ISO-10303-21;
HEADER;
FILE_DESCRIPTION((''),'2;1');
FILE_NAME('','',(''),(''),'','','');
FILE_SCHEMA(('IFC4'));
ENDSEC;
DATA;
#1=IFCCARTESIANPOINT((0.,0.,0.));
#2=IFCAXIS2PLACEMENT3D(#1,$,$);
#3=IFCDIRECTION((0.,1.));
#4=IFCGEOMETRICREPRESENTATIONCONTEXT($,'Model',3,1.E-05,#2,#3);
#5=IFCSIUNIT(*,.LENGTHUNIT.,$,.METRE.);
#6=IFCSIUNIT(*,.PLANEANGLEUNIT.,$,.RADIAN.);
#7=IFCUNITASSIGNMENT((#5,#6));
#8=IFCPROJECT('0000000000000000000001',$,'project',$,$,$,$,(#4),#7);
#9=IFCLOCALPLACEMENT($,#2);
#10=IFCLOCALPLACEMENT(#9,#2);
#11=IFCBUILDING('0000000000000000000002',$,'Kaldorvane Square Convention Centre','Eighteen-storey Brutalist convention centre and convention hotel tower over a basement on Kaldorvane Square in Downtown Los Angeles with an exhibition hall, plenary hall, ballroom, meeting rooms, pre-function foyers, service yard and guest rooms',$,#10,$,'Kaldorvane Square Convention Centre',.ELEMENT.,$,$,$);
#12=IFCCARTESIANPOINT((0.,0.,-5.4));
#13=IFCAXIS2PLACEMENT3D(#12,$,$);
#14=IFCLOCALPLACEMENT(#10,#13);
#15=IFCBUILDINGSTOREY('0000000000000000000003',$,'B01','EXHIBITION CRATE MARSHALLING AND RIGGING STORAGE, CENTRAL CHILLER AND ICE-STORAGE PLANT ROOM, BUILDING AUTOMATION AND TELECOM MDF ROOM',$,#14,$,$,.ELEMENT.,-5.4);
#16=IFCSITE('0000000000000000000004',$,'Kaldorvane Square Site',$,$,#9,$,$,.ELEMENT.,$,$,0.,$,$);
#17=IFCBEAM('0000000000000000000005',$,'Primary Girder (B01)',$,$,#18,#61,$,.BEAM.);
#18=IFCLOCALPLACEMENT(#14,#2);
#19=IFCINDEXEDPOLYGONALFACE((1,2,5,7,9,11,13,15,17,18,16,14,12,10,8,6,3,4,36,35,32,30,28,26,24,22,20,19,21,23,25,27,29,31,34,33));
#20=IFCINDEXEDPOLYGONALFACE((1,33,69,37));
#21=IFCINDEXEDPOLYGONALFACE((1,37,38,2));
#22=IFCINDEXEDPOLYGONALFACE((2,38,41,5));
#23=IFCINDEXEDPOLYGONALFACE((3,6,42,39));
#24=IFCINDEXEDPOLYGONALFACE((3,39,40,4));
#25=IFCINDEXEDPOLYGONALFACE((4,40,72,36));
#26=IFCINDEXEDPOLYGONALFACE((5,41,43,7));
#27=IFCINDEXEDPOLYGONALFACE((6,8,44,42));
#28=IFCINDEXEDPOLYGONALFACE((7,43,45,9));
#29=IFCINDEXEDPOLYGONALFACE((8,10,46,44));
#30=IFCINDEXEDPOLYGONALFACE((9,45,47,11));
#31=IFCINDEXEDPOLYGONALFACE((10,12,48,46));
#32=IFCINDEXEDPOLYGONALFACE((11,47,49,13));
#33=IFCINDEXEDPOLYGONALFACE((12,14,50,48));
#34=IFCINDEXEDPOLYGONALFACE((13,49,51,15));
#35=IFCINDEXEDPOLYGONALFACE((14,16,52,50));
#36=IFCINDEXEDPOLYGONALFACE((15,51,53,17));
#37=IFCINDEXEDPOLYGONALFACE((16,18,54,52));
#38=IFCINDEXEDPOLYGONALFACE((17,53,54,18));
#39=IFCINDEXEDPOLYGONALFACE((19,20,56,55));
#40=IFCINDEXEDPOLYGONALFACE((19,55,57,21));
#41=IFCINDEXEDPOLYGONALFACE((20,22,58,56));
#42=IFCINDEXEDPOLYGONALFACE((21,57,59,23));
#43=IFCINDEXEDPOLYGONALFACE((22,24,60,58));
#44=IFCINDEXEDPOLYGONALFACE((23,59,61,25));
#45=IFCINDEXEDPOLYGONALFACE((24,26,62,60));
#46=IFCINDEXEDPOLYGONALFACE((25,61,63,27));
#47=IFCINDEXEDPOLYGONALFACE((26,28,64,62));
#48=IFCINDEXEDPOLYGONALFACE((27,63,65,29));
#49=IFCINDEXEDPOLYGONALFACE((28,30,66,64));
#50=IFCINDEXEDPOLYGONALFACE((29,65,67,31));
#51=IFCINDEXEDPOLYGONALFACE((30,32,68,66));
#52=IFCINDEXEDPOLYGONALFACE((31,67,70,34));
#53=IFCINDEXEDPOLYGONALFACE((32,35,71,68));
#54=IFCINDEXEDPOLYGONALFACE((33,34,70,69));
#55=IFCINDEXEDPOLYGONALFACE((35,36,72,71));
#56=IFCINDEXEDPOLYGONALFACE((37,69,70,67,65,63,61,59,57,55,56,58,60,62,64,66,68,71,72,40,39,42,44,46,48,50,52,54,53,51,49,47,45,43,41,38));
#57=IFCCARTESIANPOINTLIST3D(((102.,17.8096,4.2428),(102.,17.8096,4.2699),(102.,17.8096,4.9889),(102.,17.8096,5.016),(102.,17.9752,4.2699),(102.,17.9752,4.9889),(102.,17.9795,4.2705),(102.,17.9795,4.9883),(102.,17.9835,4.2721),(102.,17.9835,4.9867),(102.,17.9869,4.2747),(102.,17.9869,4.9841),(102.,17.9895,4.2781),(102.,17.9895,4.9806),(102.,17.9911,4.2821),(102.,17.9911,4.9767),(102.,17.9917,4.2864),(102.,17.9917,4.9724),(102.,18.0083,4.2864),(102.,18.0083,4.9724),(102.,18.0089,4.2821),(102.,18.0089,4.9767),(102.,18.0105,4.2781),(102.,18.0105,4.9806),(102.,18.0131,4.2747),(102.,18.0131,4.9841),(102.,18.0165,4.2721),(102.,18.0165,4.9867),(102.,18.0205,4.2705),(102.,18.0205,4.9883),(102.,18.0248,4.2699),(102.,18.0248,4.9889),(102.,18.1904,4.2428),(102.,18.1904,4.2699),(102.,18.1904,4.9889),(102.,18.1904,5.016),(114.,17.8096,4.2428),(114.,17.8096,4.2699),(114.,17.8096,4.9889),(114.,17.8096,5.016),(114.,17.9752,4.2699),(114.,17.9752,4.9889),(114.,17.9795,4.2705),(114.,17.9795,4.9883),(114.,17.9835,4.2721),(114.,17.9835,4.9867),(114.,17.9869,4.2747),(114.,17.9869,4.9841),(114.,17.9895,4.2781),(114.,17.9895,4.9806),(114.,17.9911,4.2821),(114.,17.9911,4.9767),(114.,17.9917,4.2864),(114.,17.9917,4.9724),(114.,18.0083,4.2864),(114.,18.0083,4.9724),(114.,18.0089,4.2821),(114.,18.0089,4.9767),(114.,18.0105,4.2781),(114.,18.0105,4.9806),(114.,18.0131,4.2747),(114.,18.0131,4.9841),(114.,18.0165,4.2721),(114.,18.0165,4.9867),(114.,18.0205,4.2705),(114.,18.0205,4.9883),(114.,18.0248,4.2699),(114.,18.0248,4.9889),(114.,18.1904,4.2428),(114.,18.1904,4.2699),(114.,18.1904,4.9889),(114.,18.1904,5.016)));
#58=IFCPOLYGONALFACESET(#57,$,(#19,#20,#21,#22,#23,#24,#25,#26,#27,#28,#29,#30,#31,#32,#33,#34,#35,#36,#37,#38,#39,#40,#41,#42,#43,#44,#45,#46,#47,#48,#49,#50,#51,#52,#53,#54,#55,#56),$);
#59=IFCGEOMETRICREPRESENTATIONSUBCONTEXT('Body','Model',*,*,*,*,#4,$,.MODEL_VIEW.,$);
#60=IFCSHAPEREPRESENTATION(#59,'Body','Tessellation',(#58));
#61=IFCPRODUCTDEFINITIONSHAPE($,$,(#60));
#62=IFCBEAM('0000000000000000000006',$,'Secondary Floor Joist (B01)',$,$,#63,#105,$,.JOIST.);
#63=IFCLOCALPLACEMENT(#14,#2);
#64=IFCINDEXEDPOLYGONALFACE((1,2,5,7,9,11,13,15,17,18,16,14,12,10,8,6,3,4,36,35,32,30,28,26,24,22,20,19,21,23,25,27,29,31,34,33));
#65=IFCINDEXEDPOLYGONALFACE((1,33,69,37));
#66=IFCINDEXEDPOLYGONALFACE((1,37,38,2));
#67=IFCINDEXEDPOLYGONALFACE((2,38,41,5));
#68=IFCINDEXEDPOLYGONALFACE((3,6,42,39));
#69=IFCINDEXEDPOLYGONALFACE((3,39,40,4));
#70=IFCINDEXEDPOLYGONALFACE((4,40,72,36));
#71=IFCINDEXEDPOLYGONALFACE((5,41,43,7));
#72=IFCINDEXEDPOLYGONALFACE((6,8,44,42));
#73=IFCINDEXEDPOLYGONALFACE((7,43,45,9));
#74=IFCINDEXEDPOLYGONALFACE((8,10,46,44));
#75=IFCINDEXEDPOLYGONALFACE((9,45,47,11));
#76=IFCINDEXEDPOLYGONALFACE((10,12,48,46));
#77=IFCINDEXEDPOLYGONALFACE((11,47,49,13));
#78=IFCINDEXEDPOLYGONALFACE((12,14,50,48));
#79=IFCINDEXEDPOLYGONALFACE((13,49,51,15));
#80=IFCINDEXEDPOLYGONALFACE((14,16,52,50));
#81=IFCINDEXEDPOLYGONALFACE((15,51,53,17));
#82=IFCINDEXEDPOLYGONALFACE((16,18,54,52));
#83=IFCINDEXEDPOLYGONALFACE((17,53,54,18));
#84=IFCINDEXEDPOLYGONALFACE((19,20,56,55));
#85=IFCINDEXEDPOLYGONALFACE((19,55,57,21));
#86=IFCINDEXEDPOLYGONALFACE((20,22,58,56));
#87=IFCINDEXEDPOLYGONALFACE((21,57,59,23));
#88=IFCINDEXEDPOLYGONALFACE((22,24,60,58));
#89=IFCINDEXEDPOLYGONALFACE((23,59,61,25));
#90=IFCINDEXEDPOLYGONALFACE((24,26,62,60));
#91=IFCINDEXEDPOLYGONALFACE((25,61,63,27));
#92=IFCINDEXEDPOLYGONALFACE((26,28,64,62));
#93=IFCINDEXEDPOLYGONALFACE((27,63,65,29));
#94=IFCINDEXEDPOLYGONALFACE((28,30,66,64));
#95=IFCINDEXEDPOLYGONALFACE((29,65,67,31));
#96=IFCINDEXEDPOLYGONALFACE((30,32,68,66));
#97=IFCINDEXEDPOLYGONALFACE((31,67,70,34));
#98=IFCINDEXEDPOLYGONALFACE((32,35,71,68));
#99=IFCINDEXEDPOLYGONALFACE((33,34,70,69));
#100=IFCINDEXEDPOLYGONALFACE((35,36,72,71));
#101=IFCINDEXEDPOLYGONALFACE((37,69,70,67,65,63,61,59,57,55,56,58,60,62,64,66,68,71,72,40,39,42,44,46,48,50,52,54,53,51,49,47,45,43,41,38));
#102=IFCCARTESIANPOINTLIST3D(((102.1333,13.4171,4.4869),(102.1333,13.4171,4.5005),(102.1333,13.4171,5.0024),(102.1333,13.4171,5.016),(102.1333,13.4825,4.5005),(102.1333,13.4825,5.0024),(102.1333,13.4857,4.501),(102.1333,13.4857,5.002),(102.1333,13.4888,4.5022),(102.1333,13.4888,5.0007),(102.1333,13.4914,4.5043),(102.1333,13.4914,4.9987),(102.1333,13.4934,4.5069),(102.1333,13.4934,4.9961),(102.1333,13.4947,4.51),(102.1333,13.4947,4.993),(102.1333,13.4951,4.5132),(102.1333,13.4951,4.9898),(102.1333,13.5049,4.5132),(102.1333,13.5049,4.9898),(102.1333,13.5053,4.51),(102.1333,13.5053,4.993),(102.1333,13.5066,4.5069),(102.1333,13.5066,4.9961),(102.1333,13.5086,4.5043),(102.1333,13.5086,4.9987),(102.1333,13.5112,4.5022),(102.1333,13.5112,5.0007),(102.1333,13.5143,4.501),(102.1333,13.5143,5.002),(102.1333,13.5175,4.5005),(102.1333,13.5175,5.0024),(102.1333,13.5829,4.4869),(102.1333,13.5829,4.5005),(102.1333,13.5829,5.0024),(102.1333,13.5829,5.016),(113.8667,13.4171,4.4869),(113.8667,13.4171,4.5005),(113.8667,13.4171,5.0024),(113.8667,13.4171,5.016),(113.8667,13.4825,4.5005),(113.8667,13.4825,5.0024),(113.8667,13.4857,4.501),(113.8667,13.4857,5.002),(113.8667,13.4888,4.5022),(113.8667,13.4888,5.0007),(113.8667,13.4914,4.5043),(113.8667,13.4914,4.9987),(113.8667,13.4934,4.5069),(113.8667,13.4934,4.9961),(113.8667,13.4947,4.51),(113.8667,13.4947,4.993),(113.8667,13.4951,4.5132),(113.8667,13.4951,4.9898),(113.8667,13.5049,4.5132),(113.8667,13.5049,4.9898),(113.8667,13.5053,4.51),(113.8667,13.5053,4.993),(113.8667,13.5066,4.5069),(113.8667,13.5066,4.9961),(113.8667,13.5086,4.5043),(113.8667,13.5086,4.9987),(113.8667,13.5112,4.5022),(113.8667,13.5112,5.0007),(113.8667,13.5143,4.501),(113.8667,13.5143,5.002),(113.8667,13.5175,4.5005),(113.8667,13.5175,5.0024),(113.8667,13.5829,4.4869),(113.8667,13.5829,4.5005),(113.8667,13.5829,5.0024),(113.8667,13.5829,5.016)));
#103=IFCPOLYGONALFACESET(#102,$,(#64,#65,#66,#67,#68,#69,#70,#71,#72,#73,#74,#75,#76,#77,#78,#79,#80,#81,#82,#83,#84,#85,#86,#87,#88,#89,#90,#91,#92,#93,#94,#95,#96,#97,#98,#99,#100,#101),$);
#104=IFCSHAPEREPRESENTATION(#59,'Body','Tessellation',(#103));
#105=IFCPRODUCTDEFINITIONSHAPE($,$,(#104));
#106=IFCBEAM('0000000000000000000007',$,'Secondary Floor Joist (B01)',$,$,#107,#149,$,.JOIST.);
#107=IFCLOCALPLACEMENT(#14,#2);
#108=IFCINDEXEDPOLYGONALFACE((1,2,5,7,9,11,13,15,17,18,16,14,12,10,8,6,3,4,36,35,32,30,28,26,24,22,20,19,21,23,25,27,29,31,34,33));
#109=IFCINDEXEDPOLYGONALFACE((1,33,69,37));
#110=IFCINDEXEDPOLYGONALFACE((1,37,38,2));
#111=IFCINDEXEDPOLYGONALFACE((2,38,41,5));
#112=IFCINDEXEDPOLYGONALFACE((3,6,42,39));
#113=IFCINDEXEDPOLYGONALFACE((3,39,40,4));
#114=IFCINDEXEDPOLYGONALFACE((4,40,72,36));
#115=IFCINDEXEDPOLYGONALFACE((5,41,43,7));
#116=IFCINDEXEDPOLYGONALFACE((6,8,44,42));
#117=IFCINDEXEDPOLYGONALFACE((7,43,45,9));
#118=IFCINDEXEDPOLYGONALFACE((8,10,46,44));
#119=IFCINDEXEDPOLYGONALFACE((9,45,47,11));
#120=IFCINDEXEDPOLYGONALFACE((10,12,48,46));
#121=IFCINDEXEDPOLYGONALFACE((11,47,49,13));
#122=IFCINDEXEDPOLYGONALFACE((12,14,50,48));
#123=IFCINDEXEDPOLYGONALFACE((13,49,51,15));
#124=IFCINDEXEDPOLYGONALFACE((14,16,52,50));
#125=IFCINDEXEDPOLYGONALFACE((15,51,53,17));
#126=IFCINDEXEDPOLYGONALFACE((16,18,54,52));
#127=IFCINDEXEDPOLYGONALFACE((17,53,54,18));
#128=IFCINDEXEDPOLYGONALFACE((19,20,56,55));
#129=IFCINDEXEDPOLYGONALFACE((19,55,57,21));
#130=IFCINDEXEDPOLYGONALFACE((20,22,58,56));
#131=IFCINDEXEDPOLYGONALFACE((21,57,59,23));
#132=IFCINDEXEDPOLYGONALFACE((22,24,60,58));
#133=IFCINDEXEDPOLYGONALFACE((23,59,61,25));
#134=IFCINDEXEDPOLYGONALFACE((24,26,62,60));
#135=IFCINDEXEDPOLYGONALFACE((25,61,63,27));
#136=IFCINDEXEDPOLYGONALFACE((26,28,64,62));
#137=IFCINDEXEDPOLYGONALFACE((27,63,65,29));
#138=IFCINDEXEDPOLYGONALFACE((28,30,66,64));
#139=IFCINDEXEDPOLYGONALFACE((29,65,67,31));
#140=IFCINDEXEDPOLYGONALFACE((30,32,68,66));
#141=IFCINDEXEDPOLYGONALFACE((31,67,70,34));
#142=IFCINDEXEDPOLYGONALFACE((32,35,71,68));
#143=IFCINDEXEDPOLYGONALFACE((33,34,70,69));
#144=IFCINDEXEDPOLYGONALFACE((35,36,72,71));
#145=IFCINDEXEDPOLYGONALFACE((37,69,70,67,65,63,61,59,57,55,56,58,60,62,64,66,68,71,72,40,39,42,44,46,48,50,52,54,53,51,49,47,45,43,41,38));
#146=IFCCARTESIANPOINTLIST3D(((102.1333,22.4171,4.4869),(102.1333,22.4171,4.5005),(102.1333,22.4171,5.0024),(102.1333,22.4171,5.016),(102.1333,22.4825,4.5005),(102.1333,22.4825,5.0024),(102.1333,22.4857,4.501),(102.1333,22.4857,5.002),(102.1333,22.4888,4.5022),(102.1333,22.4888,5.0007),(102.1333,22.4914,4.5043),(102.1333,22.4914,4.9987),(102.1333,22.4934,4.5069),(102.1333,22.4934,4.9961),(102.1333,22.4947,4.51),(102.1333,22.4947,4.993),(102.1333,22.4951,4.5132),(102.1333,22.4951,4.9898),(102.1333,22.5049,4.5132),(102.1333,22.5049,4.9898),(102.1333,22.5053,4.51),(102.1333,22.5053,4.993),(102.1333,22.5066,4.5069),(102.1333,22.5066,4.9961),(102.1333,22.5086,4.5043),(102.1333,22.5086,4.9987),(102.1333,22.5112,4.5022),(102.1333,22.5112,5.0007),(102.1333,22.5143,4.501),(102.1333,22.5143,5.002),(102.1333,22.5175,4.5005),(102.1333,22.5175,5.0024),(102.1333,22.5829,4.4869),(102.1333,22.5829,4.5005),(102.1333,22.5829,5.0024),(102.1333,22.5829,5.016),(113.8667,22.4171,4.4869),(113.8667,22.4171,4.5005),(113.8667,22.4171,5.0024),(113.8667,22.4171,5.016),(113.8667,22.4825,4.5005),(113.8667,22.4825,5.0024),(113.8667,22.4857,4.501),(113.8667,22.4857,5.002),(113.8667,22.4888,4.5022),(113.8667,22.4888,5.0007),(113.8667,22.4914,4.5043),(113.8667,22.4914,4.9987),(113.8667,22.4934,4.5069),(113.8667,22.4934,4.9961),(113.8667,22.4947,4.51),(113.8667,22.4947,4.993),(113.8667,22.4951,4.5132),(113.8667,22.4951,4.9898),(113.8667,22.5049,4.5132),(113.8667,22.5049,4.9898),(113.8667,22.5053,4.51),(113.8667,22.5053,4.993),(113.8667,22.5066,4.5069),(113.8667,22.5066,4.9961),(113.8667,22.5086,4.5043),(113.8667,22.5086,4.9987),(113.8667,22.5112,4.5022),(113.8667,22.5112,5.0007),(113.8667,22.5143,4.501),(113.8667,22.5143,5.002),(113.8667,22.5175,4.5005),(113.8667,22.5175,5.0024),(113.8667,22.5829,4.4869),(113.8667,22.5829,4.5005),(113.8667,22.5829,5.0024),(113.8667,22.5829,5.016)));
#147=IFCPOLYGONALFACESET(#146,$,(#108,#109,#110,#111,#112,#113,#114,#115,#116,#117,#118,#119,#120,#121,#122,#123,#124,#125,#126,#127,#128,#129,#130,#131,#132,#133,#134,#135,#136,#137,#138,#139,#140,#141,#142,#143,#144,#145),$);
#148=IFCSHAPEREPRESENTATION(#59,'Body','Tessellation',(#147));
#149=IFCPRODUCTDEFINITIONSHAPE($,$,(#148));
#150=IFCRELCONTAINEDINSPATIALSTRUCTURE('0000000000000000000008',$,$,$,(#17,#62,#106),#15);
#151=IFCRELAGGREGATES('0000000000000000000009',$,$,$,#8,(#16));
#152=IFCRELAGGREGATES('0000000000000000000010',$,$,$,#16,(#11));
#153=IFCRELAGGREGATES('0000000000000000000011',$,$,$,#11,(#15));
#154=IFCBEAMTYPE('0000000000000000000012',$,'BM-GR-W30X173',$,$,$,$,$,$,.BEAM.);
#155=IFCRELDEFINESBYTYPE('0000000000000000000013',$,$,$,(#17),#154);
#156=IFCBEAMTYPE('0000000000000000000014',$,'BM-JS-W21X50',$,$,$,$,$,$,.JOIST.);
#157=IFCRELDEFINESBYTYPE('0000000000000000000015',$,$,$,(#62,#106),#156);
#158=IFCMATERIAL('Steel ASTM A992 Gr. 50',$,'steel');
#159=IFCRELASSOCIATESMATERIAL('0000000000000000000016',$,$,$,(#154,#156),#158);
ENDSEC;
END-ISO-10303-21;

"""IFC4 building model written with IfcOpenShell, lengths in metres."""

from ifc_helpers import new_model, si_unit, direction, frame, origin, origin_2d, place, context, subcontext, project, spatial, i_section, extrude, material, material_profile, profile_set, type_object, element, save


model = new_model("IFC4")

# Units and contexts
model_context = context("Model", 3, precision=1e-05, world=origin(), true_north=direction((0.0, 1.0)))
body_context = subcontext(model_context, "Body", "Model", "MODEL_VIEW")
ifc_project = project(units=[si_unit("LENGTHUNIT", "METRE"), si_unit("PLANEANGLEUNIT", "RADIAN")], contexts=[model_context])

# Site, building, storey
site_placement = place(None, origin())
site = spatial("IfcSite", under=ifc_project, at=site_placement, Name="Kaldorvane Square Site", CompositionType="ELEMENT", RefElevation=0.0)
building_placement = place(site_placement, origin())
building = spatial("IfcBuilding", under=site, at=building_placement, Name="Kaldorvane Square Convention Centre", Description="Eighteen-storey Brutalist convention centre and convention hotel tower over a basement on Kaldorvane Square in Downtown Los Angeles with an exhibition hall, plenary hall, ballroom, meeting rooms, pre-function foyers, service yard and guest rooms", LongName="Kaldorvane Square Convention Centre", CompositionType="ELEMENT")
storey_placement = place(building_placement, frame((0.0, 0.0, -5.4)))
storey = spatial("IfcBuildingStorey", under=building, at=storey_placement, Name="B01", Description="EXHIBITION CRATE MARSHALLING AND RIGGING STORAGE, CENTRAL CHILLER AND ICE-STORAGE PLANT ROOM, BUILDING AUTOMATION AND TELECOM MDF ROOM", CompositionType="ELEMENT", Elevation=-5.4)

# Shared definitions
ifc_material_1 = material(Name="Steel ASTM A992 Gr. 50", Category="steel")

# Beams
ifc_material_profile_1 = material_profile(ifc_material_1, i_section(OverallWidth=0.3807, OverallDepth=0.7732, WebThickness=0.0166, FlangeThickness=0.0271, FilletRadius=0.0165, at=origin_2d()), Name="W30X173")
ifc_profile_set_1 = profile_set([ifc_material_profile_1], Name="Steel ASTM A992 Gr. 50")
beam_type_1 = type_object("IfcBeamType", Name="BM-GR-W30X173", PredefinedType="BEAM", material=ifc_profile_set_1)
for number, where, z_axis, x_axis, name in (
    (1, (102.0, 18.0, 4.6294), (1.0, 0.0, 0.0), (0.0, 1.0, 0.0), "Primary Girder (B01)"),
):
    element("IfcBeam", number, at=place(storey_placement, frame(where, z_axis=z_axis, x_axis=x_axis)), inside=storey, type_object=beam_type_1, Name=name, PredefinedType="BEAM", context=body_context, shape_type="SweptSolid", body=[
        extrude(i_section(OverallWidth=0.3807, OverallDepth=0.7732, WebThickness=0.0166, FlangeThickness=0.0271, FilletRadius=0.0165, at=origin_2d()), origin(), (0.0, 0.0, 1.0), 12.0),
    ])
ifc_material_profile_2 = material_profile(ifc_material_1, i_section(OverallWidth=0.1659, OverallDepth=0.5291, WebThickness=0.0097, FlangeThickness=0.0136, FilletRadius=0.0127, at=origin_2d()), Name="W21X50")
ifc_profile_set_2 = profile_set([ifc_material_profile_2], Name="Steel ASTM A992 Gr. 50")
beam_type_2 = type_object("IfcBeamType", Name="BM-JS-W21X50", PredefinedType="JOIST", material=ifc_profile_set_2)
for number, where, z_axis, x_axis, name in (
    (2, (102.1333, 13.5, 4.7515), (1.0, 0.0, 0.0), (0.0, 1.0, 0.0), "Secondary Floor Joist (B01)"),
    (3, (102.1333, 22.5, 4.7515), (1.0, 0.0, 0.0), (0.0, 1.0, 0.0), "Secondary Floor Joist (B01)"),
):
    element("IfcBeam", number, at=place(storey_placement, frame(where, z_axis=z_axis, x_axis=x_axis)), inside=storey, type_object=beam_type_2, Name=name, PredefinedType="JOIST", context=body_context, shape_type="SweptSolid", body=[
        extrude(i_section(OverallWidth=0.1659, OverallDepth=0.5291, WebThickness=0.0097, FlangeThickness=0.0136, FilletRadius=0.0127, at=origin_2d()), origin(), (0.0, 0.0, 1.0), 11.7334),
    ])

save(model, "model.ifc")
